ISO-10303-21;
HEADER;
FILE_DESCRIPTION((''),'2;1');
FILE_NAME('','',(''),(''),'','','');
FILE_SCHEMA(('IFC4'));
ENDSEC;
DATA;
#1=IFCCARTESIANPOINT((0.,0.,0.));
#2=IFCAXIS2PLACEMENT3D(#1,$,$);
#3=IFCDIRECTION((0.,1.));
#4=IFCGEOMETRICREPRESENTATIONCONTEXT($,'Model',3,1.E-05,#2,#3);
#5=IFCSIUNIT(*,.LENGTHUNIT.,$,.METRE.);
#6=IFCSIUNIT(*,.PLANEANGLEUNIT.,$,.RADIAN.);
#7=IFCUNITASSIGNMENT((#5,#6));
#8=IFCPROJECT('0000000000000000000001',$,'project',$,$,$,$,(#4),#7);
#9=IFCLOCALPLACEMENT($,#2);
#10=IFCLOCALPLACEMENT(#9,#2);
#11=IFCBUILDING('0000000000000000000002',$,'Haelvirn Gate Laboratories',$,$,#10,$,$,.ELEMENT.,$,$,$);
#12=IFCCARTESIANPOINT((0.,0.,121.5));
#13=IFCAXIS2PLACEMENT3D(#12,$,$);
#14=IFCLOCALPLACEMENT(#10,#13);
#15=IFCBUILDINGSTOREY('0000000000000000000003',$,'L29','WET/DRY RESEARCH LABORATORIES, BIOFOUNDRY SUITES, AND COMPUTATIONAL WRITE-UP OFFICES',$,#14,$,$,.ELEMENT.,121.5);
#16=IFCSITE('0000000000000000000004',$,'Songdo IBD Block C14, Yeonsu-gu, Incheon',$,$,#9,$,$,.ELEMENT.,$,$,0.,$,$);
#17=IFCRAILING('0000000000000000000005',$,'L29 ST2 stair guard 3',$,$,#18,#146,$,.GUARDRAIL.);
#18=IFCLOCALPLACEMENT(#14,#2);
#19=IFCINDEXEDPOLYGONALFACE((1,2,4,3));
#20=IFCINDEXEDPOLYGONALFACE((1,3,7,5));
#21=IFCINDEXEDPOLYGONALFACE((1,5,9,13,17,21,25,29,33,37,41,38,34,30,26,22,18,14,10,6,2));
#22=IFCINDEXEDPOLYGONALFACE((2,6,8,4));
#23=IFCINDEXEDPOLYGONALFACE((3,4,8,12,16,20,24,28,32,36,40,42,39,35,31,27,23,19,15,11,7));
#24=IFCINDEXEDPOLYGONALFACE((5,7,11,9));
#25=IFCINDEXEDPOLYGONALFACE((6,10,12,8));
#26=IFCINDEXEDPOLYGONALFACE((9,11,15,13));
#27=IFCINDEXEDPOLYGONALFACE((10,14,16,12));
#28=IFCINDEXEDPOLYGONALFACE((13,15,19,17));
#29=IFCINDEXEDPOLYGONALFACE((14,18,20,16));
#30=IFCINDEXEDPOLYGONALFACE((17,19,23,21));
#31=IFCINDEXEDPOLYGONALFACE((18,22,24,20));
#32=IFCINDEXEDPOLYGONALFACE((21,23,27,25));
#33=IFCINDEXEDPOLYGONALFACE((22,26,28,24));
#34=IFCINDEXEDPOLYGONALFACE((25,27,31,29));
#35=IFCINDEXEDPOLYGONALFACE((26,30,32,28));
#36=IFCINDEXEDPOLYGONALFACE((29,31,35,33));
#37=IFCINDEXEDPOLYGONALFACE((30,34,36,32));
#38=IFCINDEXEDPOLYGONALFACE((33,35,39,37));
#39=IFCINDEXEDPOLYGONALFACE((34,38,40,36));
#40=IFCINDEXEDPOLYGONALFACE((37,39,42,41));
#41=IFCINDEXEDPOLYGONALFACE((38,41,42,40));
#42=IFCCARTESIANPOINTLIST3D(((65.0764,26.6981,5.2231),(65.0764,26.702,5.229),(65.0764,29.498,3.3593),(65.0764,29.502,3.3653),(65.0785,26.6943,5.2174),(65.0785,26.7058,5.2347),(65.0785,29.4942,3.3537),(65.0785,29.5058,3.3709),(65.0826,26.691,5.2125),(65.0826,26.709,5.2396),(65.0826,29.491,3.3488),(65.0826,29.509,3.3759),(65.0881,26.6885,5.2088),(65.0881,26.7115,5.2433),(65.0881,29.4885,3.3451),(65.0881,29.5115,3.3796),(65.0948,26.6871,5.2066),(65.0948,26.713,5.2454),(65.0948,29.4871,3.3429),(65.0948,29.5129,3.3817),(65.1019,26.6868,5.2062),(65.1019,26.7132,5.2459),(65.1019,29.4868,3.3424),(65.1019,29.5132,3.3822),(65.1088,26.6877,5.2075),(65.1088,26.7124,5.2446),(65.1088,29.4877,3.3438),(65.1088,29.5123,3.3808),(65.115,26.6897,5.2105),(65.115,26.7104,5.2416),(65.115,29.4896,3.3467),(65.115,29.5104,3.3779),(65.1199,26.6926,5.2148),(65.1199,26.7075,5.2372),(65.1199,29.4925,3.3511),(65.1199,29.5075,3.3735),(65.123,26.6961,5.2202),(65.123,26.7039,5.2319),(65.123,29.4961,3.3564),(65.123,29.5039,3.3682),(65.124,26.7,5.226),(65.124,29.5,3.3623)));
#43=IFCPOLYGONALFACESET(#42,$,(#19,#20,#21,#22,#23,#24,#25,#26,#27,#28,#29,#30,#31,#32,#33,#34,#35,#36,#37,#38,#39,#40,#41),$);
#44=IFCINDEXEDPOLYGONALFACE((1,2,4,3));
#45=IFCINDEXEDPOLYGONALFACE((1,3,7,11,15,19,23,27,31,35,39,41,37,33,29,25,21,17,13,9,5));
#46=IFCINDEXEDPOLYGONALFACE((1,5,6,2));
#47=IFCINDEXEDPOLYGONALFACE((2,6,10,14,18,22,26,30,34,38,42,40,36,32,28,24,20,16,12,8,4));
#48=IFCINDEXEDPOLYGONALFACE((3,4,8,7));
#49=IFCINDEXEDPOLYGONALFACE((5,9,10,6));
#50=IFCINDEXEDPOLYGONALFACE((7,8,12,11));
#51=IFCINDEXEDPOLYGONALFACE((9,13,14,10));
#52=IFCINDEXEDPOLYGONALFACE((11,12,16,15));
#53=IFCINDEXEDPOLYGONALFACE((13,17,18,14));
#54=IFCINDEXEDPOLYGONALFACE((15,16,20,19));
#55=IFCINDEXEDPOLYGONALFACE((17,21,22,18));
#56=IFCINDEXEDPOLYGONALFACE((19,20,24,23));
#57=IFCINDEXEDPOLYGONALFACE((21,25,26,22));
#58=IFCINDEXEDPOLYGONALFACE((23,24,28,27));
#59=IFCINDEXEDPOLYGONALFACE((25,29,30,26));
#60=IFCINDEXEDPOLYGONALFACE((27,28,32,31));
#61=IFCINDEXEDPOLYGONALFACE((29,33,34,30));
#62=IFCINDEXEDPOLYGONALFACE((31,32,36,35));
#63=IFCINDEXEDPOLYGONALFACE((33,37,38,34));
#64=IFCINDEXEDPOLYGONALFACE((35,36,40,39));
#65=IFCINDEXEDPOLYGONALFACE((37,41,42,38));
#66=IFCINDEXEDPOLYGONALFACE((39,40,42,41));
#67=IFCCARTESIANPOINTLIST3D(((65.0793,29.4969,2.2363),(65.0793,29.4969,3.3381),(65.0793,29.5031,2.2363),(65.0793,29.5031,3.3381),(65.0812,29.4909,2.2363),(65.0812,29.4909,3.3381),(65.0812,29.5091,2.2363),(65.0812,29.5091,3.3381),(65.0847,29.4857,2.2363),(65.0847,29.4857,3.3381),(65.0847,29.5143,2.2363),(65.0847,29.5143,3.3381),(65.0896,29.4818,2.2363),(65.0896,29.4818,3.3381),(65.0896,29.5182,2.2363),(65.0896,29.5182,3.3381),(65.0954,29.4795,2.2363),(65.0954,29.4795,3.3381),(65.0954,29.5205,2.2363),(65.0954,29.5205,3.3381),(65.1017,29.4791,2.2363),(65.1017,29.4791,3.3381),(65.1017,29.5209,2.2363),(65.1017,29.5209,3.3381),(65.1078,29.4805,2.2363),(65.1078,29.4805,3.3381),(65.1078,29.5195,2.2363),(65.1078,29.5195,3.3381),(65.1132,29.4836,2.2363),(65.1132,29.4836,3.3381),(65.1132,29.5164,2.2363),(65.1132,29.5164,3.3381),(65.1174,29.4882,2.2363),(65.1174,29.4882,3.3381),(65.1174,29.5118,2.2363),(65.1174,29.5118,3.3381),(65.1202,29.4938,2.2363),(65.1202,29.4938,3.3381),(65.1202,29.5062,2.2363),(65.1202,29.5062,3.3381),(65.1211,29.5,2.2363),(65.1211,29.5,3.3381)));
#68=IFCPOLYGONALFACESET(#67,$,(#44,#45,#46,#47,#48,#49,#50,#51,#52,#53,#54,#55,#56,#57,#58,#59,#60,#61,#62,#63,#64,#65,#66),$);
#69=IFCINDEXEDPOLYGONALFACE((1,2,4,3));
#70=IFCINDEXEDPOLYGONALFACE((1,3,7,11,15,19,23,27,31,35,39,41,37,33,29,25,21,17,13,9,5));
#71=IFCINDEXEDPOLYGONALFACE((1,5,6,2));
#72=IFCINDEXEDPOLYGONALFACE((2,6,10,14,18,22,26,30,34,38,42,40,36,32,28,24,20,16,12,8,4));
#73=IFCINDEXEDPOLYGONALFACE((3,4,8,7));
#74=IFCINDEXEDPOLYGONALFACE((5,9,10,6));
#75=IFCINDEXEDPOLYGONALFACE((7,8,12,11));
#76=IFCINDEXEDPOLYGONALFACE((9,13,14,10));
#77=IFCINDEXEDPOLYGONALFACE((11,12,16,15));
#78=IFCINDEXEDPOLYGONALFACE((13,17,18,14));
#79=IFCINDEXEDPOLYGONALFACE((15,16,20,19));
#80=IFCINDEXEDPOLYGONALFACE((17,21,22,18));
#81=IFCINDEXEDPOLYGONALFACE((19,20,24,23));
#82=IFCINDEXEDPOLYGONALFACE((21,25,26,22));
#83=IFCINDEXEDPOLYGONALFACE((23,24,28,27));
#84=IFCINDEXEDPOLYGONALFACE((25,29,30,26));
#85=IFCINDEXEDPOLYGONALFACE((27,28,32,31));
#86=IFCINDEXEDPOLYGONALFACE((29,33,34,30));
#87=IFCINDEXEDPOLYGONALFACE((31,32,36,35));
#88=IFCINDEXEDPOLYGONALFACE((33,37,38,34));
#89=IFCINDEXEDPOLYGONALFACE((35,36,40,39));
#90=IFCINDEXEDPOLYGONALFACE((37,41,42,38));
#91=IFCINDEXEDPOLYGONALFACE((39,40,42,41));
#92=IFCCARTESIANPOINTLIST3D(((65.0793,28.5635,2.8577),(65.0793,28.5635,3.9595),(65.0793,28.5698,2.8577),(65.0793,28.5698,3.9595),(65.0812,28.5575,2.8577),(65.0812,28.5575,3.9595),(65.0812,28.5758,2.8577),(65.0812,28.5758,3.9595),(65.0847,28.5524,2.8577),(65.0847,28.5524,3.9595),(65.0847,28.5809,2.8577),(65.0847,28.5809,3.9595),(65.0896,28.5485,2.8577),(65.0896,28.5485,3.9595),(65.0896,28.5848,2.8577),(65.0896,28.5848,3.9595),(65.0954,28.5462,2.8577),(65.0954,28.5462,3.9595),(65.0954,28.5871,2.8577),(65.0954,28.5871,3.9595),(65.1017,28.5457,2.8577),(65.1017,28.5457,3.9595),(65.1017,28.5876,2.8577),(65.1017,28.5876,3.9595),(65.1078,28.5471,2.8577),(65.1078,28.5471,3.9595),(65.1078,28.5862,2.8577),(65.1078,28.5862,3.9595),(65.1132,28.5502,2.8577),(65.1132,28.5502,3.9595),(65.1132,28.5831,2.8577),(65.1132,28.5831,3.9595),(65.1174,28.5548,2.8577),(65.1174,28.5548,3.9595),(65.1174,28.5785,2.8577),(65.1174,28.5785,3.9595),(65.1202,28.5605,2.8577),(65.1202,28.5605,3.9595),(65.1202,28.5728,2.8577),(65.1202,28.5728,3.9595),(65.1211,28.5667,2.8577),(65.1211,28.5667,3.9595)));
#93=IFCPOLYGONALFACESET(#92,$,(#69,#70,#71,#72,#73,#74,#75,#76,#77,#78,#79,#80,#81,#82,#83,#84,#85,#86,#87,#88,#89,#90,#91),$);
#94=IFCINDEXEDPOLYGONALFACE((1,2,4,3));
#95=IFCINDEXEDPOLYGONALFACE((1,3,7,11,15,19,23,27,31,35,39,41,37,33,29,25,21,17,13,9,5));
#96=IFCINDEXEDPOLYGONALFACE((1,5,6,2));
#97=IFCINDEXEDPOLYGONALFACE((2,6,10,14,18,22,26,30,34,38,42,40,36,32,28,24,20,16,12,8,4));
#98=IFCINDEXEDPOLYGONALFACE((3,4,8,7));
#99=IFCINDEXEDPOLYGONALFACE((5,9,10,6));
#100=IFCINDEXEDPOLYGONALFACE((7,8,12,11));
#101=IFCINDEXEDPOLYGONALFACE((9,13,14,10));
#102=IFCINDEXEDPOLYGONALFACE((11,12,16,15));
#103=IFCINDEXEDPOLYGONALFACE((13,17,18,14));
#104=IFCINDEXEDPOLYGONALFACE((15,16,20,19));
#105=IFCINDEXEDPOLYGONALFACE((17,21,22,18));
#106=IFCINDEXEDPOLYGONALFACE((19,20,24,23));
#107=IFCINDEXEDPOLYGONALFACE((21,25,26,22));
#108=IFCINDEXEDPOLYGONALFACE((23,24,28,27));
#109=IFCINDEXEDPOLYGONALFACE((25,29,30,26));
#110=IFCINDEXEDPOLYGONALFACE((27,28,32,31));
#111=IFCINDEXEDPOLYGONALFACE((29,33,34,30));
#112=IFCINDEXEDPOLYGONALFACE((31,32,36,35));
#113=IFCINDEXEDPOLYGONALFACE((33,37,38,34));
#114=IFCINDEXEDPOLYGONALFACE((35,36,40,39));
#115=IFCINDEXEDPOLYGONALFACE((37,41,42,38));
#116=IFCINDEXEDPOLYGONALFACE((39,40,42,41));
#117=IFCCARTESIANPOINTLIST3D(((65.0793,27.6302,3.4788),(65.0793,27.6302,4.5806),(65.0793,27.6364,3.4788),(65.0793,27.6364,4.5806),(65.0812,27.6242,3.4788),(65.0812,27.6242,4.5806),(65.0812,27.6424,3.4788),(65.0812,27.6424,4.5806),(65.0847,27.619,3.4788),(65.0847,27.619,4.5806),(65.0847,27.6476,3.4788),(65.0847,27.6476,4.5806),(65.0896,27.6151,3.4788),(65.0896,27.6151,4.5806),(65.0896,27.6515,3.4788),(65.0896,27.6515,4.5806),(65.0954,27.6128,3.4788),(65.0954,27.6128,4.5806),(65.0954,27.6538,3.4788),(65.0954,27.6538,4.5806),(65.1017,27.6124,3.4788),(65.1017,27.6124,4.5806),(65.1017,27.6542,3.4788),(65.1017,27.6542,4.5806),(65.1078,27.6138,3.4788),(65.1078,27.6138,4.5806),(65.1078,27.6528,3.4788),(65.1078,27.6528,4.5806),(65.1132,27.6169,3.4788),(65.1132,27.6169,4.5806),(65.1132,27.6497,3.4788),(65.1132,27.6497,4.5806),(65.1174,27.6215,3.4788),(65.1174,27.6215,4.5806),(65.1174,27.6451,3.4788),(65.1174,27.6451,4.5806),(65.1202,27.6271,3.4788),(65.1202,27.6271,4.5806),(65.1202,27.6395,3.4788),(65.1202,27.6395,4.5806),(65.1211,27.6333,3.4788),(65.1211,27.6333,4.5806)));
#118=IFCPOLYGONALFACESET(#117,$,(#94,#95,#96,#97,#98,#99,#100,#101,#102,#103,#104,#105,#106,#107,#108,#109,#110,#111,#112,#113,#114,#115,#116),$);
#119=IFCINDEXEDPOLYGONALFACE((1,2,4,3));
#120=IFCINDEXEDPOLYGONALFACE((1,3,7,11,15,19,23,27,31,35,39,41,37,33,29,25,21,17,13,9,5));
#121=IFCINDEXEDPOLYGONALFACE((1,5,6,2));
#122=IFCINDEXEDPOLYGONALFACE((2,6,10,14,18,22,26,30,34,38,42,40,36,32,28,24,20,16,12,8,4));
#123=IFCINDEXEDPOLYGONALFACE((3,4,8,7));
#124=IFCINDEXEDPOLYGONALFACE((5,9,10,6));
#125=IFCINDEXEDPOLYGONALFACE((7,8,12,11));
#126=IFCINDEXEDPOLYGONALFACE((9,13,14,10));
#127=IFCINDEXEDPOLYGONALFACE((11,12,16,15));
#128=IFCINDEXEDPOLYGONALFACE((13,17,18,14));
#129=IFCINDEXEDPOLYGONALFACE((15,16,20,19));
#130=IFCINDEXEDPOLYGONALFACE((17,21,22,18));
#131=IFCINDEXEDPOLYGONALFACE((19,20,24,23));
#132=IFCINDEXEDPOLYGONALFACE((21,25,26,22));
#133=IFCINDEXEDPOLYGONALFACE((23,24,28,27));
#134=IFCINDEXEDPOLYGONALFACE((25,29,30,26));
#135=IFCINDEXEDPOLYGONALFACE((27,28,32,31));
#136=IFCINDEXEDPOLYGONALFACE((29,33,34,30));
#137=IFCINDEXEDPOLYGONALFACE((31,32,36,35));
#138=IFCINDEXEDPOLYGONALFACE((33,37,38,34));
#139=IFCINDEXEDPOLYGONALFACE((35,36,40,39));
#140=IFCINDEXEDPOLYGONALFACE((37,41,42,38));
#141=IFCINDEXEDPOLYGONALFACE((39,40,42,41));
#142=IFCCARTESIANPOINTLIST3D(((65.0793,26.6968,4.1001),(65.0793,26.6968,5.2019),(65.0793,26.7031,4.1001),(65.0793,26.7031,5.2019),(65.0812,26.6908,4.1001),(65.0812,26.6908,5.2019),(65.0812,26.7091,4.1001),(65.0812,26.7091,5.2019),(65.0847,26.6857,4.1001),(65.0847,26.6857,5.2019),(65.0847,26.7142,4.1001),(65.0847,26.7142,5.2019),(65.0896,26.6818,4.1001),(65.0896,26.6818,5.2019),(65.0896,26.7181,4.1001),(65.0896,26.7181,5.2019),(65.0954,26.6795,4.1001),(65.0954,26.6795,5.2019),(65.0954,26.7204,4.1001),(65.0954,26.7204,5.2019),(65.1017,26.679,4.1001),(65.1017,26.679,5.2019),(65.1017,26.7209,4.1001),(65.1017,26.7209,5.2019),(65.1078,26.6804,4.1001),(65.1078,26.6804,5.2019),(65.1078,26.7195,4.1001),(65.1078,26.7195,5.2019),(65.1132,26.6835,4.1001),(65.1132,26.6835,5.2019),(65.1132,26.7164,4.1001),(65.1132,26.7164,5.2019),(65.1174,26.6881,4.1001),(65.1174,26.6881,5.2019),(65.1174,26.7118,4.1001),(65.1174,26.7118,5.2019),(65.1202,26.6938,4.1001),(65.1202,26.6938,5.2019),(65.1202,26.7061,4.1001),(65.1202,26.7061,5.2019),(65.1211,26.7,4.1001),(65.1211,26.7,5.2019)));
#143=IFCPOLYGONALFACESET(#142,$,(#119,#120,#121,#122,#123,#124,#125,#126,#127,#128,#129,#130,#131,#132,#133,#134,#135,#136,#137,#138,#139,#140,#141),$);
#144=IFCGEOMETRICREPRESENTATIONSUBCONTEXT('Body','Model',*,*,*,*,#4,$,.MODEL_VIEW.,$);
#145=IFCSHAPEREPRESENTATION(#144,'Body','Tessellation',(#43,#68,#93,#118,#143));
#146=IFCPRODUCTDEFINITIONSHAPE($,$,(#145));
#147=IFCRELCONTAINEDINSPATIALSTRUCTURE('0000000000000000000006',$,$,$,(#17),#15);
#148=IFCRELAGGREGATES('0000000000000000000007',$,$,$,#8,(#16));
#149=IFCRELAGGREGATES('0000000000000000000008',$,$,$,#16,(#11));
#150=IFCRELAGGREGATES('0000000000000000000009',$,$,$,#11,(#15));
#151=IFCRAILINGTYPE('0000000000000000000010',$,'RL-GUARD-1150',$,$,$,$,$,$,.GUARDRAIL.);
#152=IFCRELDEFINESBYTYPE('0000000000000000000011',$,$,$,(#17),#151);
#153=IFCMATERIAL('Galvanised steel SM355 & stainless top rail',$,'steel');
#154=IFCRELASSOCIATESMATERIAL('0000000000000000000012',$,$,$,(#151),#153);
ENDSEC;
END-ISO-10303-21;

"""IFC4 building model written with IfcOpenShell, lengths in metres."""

from ifc_helpers import new_model, si_unit, direction, frame, origin, origin_2d, place, context, subcontext, project, spatial, circle, extrude, source, transform, mapped, material, type_object, element, save


model = new_model("IFC4")

# Units and contexts
model_context = context("Model", 3, precision=1e-05, world=origin(), true_north=direction((0.0, 1.0)))
body_context = subcontext(model_context, "Body", "Model", "MODEL_VIEW")
ifc_project = project(units=[si_unit("LENGTHUNIT", "METRE"), si_unit("PLANEANGLEUNIT", "RADIAN")], contexts=[model_context])

# Site, building, storey
site_placement = place(None, origin())
site = spatial("IfcSite", under=ifc_project, at=site_placement, Name="Songdo IBD Block C14, Yeonsu-gu, Incheon", CompositionType="ELEMENT", RefElevation=0.0)
building_placement = place(site_placement, origin())
building = spatial("IfcBuilding", under=site, at=building_placement, Name="Haelvirn Gate Laboratories", CompositionType="ELEMENT")
storey_placement = place(building_placement, frame((0.0, 0.0, 121.5)))
storey = spatial("IfcBuildingStorey", under=building, at=storey_placement, Name="L29", Description="WET/DRY RESEARCH LABORATORIES, BIOFOUNDRY SUITES, AND COMPUTATIONAL WRITE-UP OFFICES", CompositionType="ELEMENT", Elevation=121.5)

# Railing
ifc_material_1 = material(Name="Galvanised steel SM355 & stainless top rail", Category="steel")
railing_type_1 = type_object("IfcRailingType", Name="RL-GUARD-1150", PredefinedType="GUARDRAIL", material=ifc_material_1)
shared_shape_1 = source(origin(), body_context, "Body", "SweptSolid", [
    extrude(circle(Radius=0.0239, at=origin_2d()), frame((0.0, 0.0, 1.126), z_axis=(0.0, -0.832452, 0.554097), x_axis=(1.0, 0.0, 0.0)), (0.0, 0.0, 1.0), 3.3635),
    extrude(circle(Radius=0.021, at=origin_2d()), origin(), (0.0, 0.0, 1.0), 1.1018),
    extrude(circle(Radius=0.021, at=origin_2d()), frame((0.0, -0.9333, 0.6213)), (0.0, 0.0, 1.0), 1.1018),
    extrude(circle(Radius=0.021, at=origin_2d()), frame((0.0, -1.8667, 1.2424)), (0.0, 0.0, 1.0), 1.1018),
    extrude(circle(Radius=0.021, at=origin_2d()), frame((0.0, -2.8, 1.8638)), (0.0, 0.0, 1.0), 1.1018),
])
railing_1_placement = place(storey_placement, frame((65.1001, 29.5, 2.2363)))
element("IfcRailing", 1, at=railing_1_placement, inside=storey, type_object=railing_type_1, Name="L29 ST2 stair guard 3", PredefinedType="GUARDRAIL", context=body_context, shape_type="MappedRepresentation", body=[
    mapped(shared_shape_1, transform((0.0, 0.0, 0.0), scale=1.0)),
])

save(model, "model.ifc")
